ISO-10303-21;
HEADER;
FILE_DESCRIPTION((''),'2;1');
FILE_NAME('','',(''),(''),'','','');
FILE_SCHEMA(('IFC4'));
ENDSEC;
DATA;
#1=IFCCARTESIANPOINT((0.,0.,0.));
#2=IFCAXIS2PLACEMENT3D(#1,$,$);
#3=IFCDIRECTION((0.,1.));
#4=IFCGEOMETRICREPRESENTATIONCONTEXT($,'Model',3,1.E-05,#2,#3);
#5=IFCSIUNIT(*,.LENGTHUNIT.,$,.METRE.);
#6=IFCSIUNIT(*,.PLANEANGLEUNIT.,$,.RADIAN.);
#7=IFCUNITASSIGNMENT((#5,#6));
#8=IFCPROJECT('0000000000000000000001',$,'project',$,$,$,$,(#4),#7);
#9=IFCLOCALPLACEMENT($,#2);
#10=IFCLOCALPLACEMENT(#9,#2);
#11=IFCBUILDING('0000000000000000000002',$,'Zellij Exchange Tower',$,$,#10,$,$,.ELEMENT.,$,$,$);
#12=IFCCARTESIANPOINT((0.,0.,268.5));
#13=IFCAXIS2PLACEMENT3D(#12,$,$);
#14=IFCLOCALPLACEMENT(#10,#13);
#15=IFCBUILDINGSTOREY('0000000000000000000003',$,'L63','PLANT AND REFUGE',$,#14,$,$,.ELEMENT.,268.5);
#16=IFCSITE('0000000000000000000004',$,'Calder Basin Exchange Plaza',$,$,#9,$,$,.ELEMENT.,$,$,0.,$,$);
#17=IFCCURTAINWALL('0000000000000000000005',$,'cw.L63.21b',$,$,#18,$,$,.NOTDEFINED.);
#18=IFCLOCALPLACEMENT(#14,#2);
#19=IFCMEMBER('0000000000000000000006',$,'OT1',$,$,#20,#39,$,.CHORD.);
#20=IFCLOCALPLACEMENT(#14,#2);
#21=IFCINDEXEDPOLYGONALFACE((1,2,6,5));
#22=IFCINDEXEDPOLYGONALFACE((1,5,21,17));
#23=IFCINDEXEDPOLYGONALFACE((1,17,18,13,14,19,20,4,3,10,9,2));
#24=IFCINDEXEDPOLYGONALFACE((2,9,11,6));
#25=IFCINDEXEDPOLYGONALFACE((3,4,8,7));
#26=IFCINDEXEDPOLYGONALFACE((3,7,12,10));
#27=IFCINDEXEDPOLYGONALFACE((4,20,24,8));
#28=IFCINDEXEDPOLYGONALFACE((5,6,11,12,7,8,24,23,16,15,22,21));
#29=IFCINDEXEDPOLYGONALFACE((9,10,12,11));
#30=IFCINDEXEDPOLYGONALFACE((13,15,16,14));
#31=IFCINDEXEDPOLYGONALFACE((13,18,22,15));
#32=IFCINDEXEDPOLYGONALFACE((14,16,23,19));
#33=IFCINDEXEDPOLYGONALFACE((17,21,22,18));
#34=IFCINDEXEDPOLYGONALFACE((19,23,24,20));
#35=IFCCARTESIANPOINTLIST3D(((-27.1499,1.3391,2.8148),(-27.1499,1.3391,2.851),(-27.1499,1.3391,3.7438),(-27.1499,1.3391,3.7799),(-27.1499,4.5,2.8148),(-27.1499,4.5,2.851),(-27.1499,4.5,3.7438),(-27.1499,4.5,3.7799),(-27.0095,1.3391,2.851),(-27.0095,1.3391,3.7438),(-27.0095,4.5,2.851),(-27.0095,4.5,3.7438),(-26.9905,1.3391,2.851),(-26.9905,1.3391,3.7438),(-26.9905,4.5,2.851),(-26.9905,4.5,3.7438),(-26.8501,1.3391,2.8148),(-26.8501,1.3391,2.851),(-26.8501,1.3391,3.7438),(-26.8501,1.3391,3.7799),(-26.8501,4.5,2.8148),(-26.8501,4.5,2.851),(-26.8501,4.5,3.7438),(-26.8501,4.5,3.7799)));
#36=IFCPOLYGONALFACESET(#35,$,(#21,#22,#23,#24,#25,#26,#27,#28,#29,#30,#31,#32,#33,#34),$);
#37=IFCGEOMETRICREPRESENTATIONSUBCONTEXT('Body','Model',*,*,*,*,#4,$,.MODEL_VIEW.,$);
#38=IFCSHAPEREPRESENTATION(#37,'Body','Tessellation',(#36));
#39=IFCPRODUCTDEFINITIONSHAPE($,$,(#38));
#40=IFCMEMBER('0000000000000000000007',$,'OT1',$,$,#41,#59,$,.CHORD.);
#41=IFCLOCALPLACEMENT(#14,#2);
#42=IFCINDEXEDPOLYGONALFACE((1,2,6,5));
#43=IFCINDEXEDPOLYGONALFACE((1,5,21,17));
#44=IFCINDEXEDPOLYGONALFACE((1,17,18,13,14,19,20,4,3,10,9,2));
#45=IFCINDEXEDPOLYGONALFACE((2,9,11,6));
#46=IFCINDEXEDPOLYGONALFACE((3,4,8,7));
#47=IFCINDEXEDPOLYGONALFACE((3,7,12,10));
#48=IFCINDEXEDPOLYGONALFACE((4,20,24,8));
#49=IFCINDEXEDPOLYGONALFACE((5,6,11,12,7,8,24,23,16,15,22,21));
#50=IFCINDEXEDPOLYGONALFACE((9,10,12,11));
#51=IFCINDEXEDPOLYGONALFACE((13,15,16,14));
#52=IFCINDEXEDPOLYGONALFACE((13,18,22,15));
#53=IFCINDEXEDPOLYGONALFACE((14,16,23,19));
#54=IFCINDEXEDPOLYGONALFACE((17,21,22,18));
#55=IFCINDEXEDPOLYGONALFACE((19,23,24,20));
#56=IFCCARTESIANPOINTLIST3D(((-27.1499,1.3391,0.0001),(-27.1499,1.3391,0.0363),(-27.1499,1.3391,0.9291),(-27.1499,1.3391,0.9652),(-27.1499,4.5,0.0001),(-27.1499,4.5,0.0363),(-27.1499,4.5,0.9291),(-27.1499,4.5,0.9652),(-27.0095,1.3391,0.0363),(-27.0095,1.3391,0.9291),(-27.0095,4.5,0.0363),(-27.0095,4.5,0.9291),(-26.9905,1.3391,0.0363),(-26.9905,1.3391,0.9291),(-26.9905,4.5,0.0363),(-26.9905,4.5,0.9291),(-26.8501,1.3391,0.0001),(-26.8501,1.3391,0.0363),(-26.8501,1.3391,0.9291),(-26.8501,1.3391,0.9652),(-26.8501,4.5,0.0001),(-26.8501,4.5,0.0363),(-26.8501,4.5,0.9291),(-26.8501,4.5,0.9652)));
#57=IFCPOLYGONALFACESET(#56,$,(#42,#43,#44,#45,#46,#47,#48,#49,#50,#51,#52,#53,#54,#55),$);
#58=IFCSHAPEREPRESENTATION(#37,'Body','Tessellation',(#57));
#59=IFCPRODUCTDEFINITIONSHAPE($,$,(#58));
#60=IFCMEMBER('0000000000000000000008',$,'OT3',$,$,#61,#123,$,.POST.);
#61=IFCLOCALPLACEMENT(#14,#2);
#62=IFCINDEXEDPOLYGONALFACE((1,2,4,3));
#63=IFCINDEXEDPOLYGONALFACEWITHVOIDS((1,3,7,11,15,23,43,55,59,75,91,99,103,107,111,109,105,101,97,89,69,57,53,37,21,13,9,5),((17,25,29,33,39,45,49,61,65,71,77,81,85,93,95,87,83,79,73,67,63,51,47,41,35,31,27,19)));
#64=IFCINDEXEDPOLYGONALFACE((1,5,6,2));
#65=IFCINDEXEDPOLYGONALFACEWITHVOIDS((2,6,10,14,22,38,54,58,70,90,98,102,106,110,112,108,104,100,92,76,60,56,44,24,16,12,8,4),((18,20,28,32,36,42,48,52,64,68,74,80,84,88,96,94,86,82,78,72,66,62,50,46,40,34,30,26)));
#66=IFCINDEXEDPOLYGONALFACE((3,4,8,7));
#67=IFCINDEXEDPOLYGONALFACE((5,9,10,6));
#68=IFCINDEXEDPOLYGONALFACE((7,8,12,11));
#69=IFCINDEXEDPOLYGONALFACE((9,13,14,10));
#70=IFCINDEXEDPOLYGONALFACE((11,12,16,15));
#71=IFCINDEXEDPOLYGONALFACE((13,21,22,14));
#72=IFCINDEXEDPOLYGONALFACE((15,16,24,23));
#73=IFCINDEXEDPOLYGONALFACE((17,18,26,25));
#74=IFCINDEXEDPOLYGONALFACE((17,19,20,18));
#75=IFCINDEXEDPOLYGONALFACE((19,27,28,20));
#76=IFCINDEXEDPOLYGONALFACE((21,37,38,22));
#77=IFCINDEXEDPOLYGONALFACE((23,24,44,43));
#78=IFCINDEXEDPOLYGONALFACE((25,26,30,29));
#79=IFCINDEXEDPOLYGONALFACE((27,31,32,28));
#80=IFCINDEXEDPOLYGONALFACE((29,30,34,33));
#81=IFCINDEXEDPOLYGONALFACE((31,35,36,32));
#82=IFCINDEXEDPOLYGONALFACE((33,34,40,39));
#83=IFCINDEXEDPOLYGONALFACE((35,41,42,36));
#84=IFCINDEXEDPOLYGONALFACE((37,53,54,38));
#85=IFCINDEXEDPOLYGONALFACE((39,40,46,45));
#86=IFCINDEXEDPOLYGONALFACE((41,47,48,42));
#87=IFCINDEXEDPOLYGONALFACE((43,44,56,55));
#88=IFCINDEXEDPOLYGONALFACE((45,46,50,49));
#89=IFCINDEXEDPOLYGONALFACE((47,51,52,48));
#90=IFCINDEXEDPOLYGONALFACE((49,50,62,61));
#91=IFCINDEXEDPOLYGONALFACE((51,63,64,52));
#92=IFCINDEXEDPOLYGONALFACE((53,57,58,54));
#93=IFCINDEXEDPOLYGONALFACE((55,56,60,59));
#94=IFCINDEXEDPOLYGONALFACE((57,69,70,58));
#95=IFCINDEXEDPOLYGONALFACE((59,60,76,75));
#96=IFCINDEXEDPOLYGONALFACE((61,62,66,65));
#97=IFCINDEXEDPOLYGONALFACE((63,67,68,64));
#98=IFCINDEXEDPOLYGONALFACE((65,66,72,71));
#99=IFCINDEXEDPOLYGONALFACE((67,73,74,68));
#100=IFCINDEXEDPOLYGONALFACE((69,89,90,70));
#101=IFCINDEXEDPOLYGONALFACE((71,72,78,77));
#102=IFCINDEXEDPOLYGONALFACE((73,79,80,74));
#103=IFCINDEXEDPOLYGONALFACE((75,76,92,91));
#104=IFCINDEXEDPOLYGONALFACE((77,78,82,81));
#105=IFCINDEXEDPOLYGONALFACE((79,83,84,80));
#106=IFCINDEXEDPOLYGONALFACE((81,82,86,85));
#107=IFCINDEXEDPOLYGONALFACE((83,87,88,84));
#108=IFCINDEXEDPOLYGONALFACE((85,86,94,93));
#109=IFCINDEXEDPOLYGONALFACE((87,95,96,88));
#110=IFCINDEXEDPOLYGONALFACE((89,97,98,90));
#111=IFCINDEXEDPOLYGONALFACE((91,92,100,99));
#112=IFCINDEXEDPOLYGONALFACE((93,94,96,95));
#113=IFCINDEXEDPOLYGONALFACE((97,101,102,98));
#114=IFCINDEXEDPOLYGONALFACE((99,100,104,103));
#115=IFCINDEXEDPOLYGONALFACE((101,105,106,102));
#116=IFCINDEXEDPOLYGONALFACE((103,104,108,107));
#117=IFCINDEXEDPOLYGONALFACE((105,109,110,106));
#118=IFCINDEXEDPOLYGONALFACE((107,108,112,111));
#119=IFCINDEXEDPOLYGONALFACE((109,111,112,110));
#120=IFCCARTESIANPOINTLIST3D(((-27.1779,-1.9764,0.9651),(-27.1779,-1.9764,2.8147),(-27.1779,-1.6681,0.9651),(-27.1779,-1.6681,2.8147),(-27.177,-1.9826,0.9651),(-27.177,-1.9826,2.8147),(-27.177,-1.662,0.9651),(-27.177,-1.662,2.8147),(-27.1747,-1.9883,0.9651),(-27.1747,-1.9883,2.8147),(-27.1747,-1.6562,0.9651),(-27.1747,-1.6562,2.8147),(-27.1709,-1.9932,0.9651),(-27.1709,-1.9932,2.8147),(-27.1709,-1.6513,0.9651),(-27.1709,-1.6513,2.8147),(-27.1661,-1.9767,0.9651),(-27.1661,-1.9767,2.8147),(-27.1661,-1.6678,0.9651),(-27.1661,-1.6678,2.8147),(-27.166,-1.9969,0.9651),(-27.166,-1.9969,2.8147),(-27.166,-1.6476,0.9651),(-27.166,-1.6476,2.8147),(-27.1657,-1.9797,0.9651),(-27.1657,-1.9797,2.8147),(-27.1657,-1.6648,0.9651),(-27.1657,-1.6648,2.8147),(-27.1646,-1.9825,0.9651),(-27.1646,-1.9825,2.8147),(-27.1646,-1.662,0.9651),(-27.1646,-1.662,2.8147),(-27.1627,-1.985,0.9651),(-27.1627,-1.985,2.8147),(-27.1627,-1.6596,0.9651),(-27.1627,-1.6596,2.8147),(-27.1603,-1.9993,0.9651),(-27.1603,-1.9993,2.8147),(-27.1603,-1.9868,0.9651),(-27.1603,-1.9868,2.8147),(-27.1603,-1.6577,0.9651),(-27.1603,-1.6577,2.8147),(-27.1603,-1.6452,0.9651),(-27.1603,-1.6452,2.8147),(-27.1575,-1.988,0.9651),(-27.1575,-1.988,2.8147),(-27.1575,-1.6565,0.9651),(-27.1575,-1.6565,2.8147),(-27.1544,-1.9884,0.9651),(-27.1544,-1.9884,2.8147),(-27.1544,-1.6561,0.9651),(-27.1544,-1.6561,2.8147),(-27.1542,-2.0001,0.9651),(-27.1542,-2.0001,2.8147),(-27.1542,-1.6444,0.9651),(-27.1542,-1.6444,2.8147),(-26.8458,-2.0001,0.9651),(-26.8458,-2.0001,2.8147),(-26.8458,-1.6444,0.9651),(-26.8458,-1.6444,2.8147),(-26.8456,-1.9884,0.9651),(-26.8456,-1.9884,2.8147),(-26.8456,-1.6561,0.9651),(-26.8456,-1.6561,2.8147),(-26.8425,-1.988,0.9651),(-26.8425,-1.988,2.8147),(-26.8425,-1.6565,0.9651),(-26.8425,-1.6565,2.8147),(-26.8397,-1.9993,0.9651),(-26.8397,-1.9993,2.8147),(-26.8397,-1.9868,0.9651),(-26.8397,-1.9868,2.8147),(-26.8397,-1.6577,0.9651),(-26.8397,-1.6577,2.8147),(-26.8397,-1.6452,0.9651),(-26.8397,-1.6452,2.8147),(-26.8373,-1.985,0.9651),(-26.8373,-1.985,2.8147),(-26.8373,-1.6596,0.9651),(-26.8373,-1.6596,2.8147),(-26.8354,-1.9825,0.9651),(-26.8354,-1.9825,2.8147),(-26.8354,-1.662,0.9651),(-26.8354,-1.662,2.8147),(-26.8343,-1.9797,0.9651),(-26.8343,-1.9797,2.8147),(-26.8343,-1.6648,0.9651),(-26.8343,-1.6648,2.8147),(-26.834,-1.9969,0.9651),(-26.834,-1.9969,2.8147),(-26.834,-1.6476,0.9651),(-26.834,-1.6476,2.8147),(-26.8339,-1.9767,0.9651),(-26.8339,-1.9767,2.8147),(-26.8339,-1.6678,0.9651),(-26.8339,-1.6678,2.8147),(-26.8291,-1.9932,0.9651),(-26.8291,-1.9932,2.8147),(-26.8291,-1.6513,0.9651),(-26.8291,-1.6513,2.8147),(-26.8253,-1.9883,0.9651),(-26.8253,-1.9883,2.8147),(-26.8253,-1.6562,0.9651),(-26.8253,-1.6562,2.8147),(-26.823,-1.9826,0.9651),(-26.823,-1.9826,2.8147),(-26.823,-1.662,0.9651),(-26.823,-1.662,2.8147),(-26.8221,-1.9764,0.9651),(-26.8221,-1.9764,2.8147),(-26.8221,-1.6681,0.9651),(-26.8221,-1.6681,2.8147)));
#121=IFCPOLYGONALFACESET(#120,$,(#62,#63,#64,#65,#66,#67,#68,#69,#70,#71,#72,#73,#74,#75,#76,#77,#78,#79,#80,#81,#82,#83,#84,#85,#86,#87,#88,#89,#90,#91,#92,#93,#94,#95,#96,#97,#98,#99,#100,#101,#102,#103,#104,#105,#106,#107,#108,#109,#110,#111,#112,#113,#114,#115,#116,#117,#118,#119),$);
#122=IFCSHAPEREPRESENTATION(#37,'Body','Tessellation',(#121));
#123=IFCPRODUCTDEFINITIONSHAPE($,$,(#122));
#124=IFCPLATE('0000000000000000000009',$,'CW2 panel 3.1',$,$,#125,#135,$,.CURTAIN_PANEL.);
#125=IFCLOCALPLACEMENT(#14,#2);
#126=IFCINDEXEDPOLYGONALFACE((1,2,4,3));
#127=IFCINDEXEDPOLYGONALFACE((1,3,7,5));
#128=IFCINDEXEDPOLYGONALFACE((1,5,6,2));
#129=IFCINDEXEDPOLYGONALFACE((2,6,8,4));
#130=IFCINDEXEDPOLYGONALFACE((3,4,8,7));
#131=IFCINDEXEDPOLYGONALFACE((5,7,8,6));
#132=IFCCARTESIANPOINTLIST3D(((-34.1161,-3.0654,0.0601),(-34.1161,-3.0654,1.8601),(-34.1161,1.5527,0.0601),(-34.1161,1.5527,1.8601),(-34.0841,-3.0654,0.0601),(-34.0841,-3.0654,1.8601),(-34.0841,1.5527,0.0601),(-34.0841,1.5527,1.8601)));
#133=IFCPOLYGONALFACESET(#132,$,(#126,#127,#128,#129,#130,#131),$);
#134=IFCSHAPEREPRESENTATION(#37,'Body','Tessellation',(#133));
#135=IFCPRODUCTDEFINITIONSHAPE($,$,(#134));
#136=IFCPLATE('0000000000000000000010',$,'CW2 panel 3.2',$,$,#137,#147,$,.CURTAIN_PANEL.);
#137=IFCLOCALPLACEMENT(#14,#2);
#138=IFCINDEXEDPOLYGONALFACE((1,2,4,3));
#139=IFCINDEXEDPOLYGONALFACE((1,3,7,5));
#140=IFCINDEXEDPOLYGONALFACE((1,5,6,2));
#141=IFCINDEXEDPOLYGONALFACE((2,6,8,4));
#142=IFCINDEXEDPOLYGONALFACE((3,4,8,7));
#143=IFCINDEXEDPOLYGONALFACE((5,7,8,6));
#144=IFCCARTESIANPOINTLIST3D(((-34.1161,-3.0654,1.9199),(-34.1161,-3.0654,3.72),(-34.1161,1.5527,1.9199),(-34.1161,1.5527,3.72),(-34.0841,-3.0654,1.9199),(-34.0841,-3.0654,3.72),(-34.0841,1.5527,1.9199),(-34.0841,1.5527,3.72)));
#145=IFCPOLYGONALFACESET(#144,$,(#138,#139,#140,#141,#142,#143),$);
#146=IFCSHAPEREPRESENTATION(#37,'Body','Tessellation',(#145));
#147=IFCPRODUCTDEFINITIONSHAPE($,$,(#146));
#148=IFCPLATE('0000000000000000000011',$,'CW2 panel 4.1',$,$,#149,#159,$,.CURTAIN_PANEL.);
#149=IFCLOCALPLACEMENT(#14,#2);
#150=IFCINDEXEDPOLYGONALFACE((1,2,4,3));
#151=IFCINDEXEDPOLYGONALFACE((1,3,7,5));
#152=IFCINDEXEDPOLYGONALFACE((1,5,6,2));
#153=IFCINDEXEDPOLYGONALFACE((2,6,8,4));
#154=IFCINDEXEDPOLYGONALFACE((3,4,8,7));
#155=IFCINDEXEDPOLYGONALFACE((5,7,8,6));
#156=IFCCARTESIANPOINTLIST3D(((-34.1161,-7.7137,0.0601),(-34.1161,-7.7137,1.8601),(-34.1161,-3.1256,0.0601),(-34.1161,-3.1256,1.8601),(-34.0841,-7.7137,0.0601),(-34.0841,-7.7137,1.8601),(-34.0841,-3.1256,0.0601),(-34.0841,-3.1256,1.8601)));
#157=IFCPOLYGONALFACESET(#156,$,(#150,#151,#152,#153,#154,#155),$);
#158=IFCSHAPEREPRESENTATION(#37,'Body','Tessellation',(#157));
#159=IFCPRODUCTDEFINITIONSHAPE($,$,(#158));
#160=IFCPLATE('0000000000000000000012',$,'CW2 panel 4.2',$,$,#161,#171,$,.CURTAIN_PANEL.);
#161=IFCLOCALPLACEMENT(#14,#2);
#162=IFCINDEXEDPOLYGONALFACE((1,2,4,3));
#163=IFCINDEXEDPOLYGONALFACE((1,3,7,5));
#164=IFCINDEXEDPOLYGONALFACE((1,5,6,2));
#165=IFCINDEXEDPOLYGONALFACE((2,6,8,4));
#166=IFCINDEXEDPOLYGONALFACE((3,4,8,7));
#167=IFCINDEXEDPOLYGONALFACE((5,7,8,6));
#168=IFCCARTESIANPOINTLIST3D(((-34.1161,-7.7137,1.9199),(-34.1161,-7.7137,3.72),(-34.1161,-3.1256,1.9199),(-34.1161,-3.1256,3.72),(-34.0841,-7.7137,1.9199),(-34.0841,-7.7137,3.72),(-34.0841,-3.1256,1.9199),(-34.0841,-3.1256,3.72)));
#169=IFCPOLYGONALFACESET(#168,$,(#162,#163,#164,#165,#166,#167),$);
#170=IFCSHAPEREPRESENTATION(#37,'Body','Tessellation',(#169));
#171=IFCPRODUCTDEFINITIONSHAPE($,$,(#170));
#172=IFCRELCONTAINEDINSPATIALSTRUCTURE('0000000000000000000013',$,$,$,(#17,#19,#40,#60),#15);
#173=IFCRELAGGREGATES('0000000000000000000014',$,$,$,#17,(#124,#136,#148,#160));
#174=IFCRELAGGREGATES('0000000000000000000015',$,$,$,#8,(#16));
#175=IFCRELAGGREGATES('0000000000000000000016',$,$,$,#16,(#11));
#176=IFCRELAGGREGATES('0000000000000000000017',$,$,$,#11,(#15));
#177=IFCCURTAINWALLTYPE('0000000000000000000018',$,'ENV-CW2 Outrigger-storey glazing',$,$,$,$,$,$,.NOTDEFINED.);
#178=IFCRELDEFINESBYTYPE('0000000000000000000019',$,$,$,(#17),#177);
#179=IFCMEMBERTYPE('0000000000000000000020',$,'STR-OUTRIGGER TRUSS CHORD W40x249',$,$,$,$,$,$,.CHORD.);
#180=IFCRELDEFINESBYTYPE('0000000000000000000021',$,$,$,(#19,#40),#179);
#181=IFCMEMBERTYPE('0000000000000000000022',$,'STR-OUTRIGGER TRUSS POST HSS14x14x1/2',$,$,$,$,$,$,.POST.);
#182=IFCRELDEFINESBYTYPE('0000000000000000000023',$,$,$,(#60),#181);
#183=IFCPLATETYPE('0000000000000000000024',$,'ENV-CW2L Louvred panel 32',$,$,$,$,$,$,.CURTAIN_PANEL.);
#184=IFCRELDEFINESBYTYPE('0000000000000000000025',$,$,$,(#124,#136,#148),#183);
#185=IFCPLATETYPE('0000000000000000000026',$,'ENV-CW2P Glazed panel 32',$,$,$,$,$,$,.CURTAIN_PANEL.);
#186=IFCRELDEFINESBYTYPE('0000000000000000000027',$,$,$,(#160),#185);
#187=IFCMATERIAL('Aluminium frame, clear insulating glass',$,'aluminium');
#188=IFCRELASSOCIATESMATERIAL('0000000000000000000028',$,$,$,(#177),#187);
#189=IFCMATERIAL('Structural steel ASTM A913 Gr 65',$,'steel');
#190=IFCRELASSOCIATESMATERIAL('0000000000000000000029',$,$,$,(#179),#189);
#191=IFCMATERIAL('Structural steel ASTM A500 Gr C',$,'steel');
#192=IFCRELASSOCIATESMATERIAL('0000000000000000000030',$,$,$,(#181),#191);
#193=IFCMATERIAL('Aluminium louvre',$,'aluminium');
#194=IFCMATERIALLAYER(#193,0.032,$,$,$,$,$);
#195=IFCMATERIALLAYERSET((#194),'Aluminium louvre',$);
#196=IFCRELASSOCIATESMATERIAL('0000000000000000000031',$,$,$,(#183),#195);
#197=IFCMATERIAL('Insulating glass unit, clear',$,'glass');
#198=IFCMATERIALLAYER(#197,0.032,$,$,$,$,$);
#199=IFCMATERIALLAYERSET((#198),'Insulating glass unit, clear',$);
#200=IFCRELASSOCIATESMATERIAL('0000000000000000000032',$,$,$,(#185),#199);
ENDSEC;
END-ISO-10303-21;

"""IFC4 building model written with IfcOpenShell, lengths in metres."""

from ifc_helpers import new_model, si_unit, direction, frame, origin, origin_2d, place, context, subcontext, project, spatial, rectangle, hollow_rectangle, i_section, extrude, material, layer, layer_set, material_profile, profile_set, type_object, element, aggregate, save


model = new_model("IFC4")

# Units and contexts
model_context = context("Model", 3, precision=1e-05, world=origin(), true_north=direction((0.0, 1.0)))
body_context = subcontext(model_context, "Body", "Model", "MODEL_VIEW")
ifc_project = project(units=[si_unit("LENGTHUNIT", "METRE"), si_unit("PLANEANGLEUNIT", "RADIAN")], contexts=[model_context])

# Site, building, storey
site_placement = place(None, origin())
site = spatial("IfcSite", under=ifc_project, at=site_placement, Name="Calder Basin Exchange Plaza", CompositionType="ELEMENT", RefElevation=0.0)
building_placement = place(site_placement, origin())
building = spatial("IfcBuilding", under=site, at=building_placement, Name="Zellij Exchange Tower", CompositionType="ELEMENT")
storey_placement = place(building_placement, frame((0.0, 0.0, 268.5)))
storey = spatial("IfcBuildingStorey", under=building, at=storey_placement, Name="L63", Description="PLANT AND REFUGE", CompositionType="ELEMENT", Elevation=268.5)

# Curtain wall
ifc_material_1 = material(Name="Aluminium frame, clear insulating glass", Category="aluminium")
curtain_wall_type = type_object("IfcCurtainWallType", Name="ENV-CW2 Outrigger-storey glazing", PredefinedType="NOTDEFINED", material=ifc_material_1)
curtain_wall_placement = place(storey_placement, origin())
curtain_wall = element("IfcCurtainWall", 1, at=curtain_wall_placement, inside=storey, type_object=curtain_wall_type, Name="cw.L63.21b", PredefinedType="NOTDEFINED")

# Members
ifc_material_2 = material(Name="Structural steel ASTM A913 Gr 65", Category="steel")
ifc_material_profile_1 = material_profile(ifc_material_2, i_section(OverallWidth=0.2998, OverallDepth=0.9651, WebThickness=0.019, FlangeThickness=0.0361, at=origin_2d()), Name="W40x249")
ifc_profile_set_1 = profile_set([ifc_material_profile_1], Name="Structural steel ASTM A913 Gr 65")
member_type_1 = type_object("IfcMemberType", Name="STR-OUTRIGGER TRUSS CHORD W40x249", PredefinedType="CHORD", material=ifc_profile_set_1)
for number, where, z_axis, x_axis, name in (
    (2, (-27.0, 1.3391, 3.2974), (0.0, 1.0, 0.0), (-1.0, 0.0, 0.0), "OT1"),
    (3, (-27.0, 1.3391, 0.4827), (0.0, 1.0, 0.0), (-1.0, 0.0, 0.0), "OT1"),
):
    element("IfcMember", number, at=place(storey_placement, frame(where, z_axis=z_axis, x_axis=x_axis)), inside=storey, type_object=member_type_1, Name=name, PredefinedType="CHORD", context=body_context, shape_type="SweptSolid", body=[
        extrude(i_section(OverallWidth=0.2998, OverallDepth=0.9651, WebThickness=0.019, FlangeThickness=0.0361, at=origin_2d()), origin(), (0.0, 0.0, 1.0), 3.1609),
    ])
ifc_material_3 = material(Name="Structural steel ASTM A500 Gr C", Category="steel")
ifc_material_profile_2 = material_profile(ifc_material_3, hollow_rectangle(XDim=0.3557, YDim=0.3557, WallThickness=0.0117, InnerFilletRadius=0.0117, OuterFilletRadius=0.0237, at=origin_2d()), Name="STR-OUTRIGGER TRUSS POST HSS14x14x1/2")
ifc_profile_set_2 = profile_set([ifc_material_profile_2], Name="Structural steel ASTM A500 Gr C")
member_type_2 = type_object("IfcMemberType", Name="STR-OUTRIGGER TRUSS POST HSS14x14x1/2", PredefinedType="POST", material=ifc_profile_set_2)
member_1_placement = place(storey_placement, frame((-27.0, -1.8223, 0.9651), z_axis=(0.0, 0.0, 1.0), x_axis=(1.0, 0.0, 0.0)))
element("IfcMember", 4, at=member_1_placement, inside=storey, type_object=member_type_2, Name="OT3", PredefinedType="POST", context=body_context, shape_type="SweptSolid", body=[
    extrude(hollow_rectangle(XDim=0.3557, YDim=0.3557, WallThickness=0.0117, InnerFilletRadius=0.0117, OuterFilletRadius=0.0237, at=origin_2d()), origin(), (0.0, 0.0, 1.0), 1.8496),
])

# Plates
ifc_material_4 = material(Name="Aluminium louvre", Category="aluminium")
ifc_layer_1 = layer(ifc_material_4, 0.032)
ifc_layer_set_1 = layer_set([ifc_layer_1], Name="Aluminium louvre")
plate_type_1 = type_object("IfcPlateType", Name="ENV-CW2L Louvred panel 32", PredefinedType="CURTAIN_PANEL", material=ifc_layer_set_1)
plate_1_placement = place(storey_placement, frame((-34.1001, -0.7563, 0.0601), z_axis=(0.0, 0.0, 1.0), x_axis=(0.0, -1.0, 0.0)))
plate_1 = element("IfcPlate", 5, at=plate_1_placement, type_object=plate_type_1, Name="CW2 panel 3.1", PredefinedType="CURTAIN_PANEL", context=body_context, shape_type="SweptSolid", body=[
    extrude(rectangle(XDim=4.6182, YDim=0.032, at=origin_2d()), origin(), (0.0, 0.0, 1.0), 1.8),
])
plate_2_placement = place(storey_placement, frame((-34.1001, -0.7563, 1.9199), z_axis=(0.0, 0.0, 1.0), x_axis=(0.0, -1.0, 0.0)))
plate_2 = element("IfcPlate", 6, at=plate_2_placement, type_object=plate_type_1, Name="CW2 panel 3.2", PredefinedType="CURTAIN_PANEL", context=body_context, shape_type="SweptSolid", body=[
    extrude(rectangle(XDim=4.6182, YDim=0.032, at=origin_2d()), origin(), (0.0, 0.0, 1.0), 1.8),
])
plate_3_placement = place(storey_placement, frame((-34.1001, -5.4197, 0.0601), z_axis=(0.0, 0.0, 1.0), x_axis=(0.0, -1.0, 0.0)))
plate_3 = element("IfcPlate", 7, at=plate_3_placement, type_object=plate_type_1, Name="CW2 panel 4.1", PredefinedType="CURTAIN_PANEL", context=body_context, shape_type="SweptSolid", body=[
    extrude(rectangle(XDim=4.5881, YDim=0.032, at=origin_2d()), origin(), (0.0, 0.0, 1.0), 1.8),
])
ifc_material_5 = material(Name="Insulating glass unit, clear", Category="glass")
ifc_layer_2 = layer(ifc_material_5, 0.032)
ifc_layer_set_2 = layer_set([ifc_layer_2], Name="Insulating glass unit, clear")
plate_type_2 = type_object("IfcPlateType", Name="ENV-CW2P Glazed panel 32", PredefinedType="CURTAIN_PANEL", material=ifc_layer_set_2)
plate_4_placement = place(storey_placement, frame((-34.1001, -5.4197, 1.9199), z_axis=(0.0, 0.0, 1.0), x_axis=(0.0, -1.0, 0.0)))
plate_4 = element("IfcPlate", 8, at=plate_4_placement, type_object=plate_type_2, Name="CW2 panel 4.2", PredefinedType="CURTAIN_PANEL", context=body_context, shape_type="SweptSolid", body=[
    extrude(rectangle(XDim=4.5881, YDim=0.032, at=origin_2d()), origin(), (0.0, 0.0, 1.0), 1.8),
])
aggregate(curtain_wall, [plate_1, plate_2, plate_3, plate_4])

save(model, "model.ifc")
